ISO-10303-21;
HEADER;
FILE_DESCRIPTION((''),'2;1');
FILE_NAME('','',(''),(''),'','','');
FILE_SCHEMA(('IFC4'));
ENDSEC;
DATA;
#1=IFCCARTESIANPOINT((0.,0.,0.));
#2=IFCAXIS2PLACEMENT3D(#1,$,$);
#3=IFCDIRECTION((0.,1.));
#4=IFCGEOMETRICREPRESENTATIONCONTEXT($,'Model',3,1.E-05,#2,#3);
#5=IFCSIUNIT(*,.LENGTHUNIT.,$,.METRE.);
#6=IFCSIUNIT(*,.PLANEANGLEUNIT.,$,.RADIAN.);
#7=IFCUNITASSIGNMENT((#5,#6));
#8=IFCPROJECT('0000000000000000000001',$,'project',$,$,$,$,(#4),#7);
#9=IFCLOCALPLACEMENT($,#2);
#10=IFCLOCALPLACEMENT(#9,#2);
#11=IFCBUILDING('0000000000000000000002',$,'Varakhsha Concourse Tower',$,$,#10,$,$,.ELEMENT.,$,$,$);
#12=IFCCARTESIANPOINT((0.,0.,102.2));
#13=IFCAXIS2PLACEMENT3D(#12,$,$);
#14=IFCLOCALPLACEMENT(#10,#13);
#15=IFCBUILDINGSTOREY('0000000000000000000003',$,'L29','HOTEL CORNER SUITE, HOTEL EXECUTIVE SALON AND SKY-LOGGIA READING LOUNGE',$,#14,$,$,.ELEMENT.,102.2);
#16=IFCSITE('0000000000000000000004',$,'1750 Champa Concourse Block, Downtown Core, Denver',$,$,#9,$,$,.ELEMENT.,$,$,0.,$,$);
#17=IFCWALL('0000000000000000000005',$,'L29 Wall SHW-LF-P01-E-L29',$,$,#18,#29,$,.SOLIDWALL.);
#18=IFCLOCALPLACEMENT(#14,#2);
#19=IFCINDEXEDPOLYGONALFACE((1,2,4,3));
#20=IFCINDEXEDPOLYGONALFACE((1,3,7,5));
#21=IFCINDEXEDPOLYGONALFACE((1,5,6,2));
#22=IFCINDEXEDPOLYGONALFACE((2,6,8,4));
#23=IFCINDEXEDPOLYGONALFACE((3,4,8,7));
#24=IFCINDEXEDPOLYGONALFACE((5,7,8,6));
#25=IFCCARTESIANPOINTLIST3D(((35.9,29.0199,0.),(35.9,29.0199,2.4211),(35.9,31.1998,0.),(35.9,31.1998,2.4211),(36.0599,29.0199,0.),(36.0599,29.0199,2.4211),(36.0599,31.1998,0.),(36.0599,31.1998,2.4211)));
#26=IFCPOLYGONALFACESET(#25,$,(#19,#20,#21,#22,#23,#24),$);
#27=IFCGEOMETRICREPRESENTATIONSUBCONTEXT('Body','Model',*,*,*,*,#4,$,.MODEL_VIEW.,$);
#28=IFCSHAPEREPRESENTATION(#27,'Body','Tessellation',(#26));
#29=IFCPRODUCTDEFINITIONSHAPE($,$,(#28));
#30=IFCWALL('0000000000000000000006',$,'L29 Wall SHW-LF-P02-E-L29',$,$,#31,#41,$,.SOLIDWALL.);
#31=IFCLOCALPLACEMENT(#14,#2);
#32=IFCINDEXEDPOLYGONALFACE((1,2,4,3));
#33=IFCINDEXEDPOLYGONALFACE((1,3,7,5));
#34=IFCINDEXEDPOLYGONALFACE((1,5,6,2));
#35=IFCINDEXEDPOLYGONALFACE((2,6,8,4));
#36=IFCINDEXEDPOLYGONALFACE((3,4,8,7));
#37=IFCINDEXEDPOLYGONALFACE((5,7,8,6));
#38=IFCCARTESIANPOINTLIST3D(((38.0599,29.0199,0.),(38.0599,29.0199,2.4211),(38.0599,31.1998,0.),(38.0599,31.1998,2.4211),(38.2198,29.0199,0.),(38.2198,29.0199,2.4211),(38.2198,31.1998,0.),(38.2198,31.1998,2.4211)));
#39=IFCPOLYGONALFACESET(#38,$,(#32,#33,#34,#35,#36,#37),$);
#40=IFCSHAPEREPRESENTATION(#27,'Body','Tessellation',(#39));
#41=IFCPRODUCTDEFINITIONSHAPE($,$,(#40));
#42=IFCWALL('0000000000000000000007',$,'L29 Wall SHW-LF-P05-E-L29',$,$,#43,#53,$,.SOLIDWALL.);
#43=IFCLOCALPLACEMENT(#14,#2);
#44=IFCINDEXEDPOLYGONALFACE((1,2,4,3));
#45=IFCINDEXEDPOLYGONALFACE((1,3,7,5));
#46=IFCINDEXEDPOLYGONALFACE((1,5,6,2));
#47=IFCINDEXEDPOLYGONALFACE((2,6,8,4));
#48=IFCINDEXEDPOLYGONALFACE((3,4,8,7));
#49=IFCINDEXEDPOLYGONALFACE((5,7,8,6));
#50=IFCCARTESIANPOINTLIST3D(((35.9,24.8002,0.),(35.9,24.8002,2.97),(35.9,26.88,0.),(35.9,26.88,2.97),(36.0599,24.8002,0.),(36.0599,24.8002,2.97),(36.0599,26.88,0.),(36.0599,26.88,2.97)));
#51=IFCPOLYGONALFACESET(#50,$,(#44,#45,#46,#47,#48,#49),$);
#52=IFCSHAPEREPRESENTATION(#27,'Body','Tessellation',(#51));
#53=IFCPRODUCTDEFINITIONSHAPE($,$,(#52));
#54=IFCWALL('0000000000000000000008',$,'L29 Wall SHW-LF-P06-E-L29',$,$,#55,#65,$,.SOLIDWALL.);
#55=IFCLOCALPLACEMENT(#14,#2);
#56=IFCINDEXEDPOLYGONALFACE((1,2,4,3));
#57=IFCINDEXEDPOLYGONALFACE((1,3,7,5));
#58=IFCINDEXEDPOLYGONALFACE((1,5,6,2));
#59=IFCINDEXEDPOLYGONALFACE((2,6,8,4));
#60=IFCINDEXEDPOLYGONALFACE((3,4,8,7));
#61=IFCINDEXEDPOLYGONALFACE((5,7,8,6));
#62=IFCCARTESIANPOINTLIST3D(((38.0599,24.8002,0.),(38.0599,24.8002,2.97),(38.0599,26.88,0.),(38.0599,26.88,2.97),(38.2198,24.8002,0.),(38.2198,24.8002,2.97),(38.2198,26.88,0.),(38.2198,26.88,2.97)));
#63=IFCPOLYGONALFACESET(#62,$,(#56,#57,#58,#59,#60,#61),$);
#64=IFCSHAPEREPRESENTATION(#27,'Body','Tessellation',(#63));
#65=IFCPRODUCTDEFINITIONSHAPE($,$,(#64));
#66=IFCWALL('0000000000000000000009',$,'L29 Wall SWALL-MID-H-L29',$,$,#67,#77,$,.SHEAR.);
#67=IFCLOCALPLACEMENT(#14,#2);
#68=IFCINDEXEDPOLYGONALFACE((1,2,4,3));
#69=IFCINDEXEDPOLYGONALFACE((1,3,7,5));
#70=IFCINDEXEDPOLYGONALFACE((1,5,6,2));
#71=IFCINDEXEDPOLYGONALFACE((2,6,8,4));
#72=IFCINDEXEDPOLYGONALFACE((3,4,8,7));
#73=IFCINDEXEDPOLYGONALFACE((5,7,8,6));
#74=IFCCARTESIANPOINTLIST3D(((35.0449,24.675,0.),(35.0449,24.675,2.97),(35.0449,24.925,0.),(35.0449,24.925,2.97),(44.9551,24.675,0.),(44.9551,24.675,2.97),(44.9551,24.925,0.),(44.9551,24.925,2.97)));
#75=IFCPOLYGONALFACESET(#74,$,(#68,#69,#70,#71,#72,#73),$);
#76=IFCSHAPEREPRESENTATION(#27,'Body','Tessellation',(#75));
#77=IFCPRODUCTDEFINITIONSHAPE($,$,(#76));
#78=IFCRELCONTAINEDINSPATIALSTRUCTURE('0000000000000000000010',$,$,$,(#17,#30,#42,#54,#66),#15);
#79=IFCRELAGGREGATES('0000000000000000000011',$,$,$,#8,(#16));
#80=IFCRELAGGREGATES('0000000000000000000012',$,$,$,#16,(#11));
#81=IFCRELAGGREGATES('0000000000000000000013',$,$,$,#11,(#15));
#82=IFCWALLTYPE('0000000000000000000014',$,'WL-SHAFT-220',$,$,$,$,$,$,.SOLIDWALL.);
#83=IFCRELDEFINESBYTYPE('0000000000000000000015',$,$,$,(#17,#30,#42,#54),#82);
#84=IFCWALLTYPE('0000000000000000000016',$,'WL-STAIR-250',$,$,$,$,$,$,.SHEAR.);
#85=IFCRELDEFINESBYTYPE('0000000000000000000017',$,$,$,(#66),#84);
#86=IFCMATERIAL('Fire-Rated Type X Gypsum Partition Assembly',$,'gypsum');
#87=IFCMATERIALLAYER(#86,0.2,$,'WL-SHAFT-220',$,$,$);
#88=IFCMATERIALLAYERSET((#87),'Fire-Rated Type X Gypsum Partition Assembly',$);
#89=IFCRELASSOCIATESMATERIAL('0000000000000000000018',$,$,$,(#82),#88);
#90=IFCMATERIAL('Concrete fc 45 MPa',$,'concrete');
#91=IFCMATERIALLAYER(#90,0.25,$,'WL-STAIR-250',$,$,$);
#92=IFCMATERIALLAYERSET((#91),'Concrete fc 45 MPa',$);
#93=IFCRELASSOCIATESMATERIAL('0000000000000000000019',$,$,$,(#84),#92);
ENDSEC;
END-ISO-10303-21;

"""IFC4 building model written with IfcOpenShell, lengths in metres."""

from ifc_helpers import new_model, si_unit, direction, frame, frame_2d, origin, place, context, subcontext, project, spatial, rectangle, extrude, material, layer, layer_set, type_object, element, save


model = new_model("IFC4")

# Units and contexts
model_context = context("Model", 3, precision=1e-05, world=origin(), true_north=direction((0.0, 1.0)))
body_context = subcontext(model_context, "Body", "Model", "MODEL_VIEW")
ifc_project = project(units=[si_unit("LENGTHUNIT", "METRE"), si_unit("PLANEANGLEUNIT", "RADIAN")], contexts=[model_context])

# Site, building, storey
site_placement = place(None, origin())
site = spatial("IfcSite", under=ifc_project, at=site_placement, Name="1750 Champa Concourse Block, Downtown Core, Denver", CompositionType="ELEMENT", RefElevation=0.0)
building_placement = place(site_placement, origin())
building = spatial("IfcBuilding", under=site, at=building_placement, Name="Varakhsha Concourse Tower", CompositionType="ELEMENT")
storey_placement = place(building_placement, frame((0.0, 0.0, 102.2)))
storey = spatial("IfcBuildingStorey", under=building, at=storey_placement, Name="L29", Description="HOTEL CORNER SUITE, HOTEL EXECUTIVE SALON AND SKY-LOGGIA READING LOUNGE", CompositionType="ELEMENT", Elevation=102.2)

# Shared definitions
ifc_material_1 = material(Name="Fire-Rated Type X Gypsum Partition Assembly", Category="gypsum")

# Shared definitions
ifc_layer_1 = layer(ifc_material_1, 0.2, Name="WL-SHAFT-220")
ifc_layer_set_1 = layer_set([ifc_layer_1], Name="Fire-Rated Type X Gypsum Partition Assembly")
wall_type_1 = type_object("IfcWallType", Name="WL-SHAFT-220", PredefinedType="SOLIDWALL", material=ifc_layer_set_1)

# Walls
for number, where, z_axis, x_axis, name in (
    (1, (35.98, 29.02, 0.0), (0.0, 0.0, 1.0), (0.0, 1.0, 0.0), "L29 Wall SHW-LF-P01-E-L29"),
    (2, (38.1399, 29.02, 0.0), (0.0, 0.0, 1.0), (0.0, 1.0, 0.0), "L29 Wall SHW-LF-P02-E-L29"),
):
    element("IfcWall", number, at=place(storey_placement, frame(where, z_axis=z_axis, x_axis=x_axis)), inside=storey, type_object=wall_type_1, Name=name, PredefinedType="SOLIDWALL", context=body_context, shape_type="SweptSolid", body=[
        extrude(rectangle(XDim=2.1799, YDim=0.1599, at=frame_2d((1.0898, 0.0))), origin(), (0.0, 0.0, 1.0), 2.4211),
    ])
for number, where, z_axis, x_axis, name in (
    (3, (35.98, 24.8, 0.0), (0.0, 0.0, 1.0), (0.0, 1.0, 0.0), "L29 Wall SHW-LF-P05-E-L29"),
    (4, (38.1399, 24.8, 0.0), (0.0, 0.0, 1.0), (0.0, 1.0, 0.0), "L29 Wall SHW-LF-P06-E-L29"),
):
    element("IfcWall", number, at=place(storey_placement, frame(where, z_axis=z_axis, x_axis=x_axis)), inside=storey, type_object=wall_type_1, Name=name, PredefinedType="SOLIDWALL", context=body_context, shape_type="SweptSolid", body=[
        extrude(rectangle(XDim=2.0798, YDim=0.1599, at=frame_2d((1.04, 0.0))), origin(), (0.0, 0.0, 1.0), 2.97),
    ])
ifc_material_2 = material(Name="Concrete fc 45 MPa", Category="concrete")
ifc_layer_2 = layer(ifc_material_2, 0.25, Name="WL-STAIR-250")
ifc_layer_set_2 = layer_set([ifc_layer_2], Name="Concrete fc 45 MPa")
wall_type_2 = type_object("IfcWallType", Name="WL-STAIR-250", PredefinedType="SHEAR", material=ifc_layer_set_2)
wall_1_placement = place(storey_placement, frame((35.0449, 24.8, 0.0), z_axis=(0.0, 0.0, 1.0), x_axis=(1.0, 0.0, 0.0)))
element("IfcWall", 5, at=wall_1_placement, inside=storey, type_object=wall_type_2, Name="L29 Wall SWALL-MID-H-L29", PredefinedType="SHEAR", context=body_context, shape_type="SweptSolid", body=[
    extrude(rectangle(XDim=9.9102, YDim=0.25, at=frame_2d((4.9551, 0.0))), origin(), (0.0, 0.0, 1.0), 2.97),
])

save(model, "model.ifc")
